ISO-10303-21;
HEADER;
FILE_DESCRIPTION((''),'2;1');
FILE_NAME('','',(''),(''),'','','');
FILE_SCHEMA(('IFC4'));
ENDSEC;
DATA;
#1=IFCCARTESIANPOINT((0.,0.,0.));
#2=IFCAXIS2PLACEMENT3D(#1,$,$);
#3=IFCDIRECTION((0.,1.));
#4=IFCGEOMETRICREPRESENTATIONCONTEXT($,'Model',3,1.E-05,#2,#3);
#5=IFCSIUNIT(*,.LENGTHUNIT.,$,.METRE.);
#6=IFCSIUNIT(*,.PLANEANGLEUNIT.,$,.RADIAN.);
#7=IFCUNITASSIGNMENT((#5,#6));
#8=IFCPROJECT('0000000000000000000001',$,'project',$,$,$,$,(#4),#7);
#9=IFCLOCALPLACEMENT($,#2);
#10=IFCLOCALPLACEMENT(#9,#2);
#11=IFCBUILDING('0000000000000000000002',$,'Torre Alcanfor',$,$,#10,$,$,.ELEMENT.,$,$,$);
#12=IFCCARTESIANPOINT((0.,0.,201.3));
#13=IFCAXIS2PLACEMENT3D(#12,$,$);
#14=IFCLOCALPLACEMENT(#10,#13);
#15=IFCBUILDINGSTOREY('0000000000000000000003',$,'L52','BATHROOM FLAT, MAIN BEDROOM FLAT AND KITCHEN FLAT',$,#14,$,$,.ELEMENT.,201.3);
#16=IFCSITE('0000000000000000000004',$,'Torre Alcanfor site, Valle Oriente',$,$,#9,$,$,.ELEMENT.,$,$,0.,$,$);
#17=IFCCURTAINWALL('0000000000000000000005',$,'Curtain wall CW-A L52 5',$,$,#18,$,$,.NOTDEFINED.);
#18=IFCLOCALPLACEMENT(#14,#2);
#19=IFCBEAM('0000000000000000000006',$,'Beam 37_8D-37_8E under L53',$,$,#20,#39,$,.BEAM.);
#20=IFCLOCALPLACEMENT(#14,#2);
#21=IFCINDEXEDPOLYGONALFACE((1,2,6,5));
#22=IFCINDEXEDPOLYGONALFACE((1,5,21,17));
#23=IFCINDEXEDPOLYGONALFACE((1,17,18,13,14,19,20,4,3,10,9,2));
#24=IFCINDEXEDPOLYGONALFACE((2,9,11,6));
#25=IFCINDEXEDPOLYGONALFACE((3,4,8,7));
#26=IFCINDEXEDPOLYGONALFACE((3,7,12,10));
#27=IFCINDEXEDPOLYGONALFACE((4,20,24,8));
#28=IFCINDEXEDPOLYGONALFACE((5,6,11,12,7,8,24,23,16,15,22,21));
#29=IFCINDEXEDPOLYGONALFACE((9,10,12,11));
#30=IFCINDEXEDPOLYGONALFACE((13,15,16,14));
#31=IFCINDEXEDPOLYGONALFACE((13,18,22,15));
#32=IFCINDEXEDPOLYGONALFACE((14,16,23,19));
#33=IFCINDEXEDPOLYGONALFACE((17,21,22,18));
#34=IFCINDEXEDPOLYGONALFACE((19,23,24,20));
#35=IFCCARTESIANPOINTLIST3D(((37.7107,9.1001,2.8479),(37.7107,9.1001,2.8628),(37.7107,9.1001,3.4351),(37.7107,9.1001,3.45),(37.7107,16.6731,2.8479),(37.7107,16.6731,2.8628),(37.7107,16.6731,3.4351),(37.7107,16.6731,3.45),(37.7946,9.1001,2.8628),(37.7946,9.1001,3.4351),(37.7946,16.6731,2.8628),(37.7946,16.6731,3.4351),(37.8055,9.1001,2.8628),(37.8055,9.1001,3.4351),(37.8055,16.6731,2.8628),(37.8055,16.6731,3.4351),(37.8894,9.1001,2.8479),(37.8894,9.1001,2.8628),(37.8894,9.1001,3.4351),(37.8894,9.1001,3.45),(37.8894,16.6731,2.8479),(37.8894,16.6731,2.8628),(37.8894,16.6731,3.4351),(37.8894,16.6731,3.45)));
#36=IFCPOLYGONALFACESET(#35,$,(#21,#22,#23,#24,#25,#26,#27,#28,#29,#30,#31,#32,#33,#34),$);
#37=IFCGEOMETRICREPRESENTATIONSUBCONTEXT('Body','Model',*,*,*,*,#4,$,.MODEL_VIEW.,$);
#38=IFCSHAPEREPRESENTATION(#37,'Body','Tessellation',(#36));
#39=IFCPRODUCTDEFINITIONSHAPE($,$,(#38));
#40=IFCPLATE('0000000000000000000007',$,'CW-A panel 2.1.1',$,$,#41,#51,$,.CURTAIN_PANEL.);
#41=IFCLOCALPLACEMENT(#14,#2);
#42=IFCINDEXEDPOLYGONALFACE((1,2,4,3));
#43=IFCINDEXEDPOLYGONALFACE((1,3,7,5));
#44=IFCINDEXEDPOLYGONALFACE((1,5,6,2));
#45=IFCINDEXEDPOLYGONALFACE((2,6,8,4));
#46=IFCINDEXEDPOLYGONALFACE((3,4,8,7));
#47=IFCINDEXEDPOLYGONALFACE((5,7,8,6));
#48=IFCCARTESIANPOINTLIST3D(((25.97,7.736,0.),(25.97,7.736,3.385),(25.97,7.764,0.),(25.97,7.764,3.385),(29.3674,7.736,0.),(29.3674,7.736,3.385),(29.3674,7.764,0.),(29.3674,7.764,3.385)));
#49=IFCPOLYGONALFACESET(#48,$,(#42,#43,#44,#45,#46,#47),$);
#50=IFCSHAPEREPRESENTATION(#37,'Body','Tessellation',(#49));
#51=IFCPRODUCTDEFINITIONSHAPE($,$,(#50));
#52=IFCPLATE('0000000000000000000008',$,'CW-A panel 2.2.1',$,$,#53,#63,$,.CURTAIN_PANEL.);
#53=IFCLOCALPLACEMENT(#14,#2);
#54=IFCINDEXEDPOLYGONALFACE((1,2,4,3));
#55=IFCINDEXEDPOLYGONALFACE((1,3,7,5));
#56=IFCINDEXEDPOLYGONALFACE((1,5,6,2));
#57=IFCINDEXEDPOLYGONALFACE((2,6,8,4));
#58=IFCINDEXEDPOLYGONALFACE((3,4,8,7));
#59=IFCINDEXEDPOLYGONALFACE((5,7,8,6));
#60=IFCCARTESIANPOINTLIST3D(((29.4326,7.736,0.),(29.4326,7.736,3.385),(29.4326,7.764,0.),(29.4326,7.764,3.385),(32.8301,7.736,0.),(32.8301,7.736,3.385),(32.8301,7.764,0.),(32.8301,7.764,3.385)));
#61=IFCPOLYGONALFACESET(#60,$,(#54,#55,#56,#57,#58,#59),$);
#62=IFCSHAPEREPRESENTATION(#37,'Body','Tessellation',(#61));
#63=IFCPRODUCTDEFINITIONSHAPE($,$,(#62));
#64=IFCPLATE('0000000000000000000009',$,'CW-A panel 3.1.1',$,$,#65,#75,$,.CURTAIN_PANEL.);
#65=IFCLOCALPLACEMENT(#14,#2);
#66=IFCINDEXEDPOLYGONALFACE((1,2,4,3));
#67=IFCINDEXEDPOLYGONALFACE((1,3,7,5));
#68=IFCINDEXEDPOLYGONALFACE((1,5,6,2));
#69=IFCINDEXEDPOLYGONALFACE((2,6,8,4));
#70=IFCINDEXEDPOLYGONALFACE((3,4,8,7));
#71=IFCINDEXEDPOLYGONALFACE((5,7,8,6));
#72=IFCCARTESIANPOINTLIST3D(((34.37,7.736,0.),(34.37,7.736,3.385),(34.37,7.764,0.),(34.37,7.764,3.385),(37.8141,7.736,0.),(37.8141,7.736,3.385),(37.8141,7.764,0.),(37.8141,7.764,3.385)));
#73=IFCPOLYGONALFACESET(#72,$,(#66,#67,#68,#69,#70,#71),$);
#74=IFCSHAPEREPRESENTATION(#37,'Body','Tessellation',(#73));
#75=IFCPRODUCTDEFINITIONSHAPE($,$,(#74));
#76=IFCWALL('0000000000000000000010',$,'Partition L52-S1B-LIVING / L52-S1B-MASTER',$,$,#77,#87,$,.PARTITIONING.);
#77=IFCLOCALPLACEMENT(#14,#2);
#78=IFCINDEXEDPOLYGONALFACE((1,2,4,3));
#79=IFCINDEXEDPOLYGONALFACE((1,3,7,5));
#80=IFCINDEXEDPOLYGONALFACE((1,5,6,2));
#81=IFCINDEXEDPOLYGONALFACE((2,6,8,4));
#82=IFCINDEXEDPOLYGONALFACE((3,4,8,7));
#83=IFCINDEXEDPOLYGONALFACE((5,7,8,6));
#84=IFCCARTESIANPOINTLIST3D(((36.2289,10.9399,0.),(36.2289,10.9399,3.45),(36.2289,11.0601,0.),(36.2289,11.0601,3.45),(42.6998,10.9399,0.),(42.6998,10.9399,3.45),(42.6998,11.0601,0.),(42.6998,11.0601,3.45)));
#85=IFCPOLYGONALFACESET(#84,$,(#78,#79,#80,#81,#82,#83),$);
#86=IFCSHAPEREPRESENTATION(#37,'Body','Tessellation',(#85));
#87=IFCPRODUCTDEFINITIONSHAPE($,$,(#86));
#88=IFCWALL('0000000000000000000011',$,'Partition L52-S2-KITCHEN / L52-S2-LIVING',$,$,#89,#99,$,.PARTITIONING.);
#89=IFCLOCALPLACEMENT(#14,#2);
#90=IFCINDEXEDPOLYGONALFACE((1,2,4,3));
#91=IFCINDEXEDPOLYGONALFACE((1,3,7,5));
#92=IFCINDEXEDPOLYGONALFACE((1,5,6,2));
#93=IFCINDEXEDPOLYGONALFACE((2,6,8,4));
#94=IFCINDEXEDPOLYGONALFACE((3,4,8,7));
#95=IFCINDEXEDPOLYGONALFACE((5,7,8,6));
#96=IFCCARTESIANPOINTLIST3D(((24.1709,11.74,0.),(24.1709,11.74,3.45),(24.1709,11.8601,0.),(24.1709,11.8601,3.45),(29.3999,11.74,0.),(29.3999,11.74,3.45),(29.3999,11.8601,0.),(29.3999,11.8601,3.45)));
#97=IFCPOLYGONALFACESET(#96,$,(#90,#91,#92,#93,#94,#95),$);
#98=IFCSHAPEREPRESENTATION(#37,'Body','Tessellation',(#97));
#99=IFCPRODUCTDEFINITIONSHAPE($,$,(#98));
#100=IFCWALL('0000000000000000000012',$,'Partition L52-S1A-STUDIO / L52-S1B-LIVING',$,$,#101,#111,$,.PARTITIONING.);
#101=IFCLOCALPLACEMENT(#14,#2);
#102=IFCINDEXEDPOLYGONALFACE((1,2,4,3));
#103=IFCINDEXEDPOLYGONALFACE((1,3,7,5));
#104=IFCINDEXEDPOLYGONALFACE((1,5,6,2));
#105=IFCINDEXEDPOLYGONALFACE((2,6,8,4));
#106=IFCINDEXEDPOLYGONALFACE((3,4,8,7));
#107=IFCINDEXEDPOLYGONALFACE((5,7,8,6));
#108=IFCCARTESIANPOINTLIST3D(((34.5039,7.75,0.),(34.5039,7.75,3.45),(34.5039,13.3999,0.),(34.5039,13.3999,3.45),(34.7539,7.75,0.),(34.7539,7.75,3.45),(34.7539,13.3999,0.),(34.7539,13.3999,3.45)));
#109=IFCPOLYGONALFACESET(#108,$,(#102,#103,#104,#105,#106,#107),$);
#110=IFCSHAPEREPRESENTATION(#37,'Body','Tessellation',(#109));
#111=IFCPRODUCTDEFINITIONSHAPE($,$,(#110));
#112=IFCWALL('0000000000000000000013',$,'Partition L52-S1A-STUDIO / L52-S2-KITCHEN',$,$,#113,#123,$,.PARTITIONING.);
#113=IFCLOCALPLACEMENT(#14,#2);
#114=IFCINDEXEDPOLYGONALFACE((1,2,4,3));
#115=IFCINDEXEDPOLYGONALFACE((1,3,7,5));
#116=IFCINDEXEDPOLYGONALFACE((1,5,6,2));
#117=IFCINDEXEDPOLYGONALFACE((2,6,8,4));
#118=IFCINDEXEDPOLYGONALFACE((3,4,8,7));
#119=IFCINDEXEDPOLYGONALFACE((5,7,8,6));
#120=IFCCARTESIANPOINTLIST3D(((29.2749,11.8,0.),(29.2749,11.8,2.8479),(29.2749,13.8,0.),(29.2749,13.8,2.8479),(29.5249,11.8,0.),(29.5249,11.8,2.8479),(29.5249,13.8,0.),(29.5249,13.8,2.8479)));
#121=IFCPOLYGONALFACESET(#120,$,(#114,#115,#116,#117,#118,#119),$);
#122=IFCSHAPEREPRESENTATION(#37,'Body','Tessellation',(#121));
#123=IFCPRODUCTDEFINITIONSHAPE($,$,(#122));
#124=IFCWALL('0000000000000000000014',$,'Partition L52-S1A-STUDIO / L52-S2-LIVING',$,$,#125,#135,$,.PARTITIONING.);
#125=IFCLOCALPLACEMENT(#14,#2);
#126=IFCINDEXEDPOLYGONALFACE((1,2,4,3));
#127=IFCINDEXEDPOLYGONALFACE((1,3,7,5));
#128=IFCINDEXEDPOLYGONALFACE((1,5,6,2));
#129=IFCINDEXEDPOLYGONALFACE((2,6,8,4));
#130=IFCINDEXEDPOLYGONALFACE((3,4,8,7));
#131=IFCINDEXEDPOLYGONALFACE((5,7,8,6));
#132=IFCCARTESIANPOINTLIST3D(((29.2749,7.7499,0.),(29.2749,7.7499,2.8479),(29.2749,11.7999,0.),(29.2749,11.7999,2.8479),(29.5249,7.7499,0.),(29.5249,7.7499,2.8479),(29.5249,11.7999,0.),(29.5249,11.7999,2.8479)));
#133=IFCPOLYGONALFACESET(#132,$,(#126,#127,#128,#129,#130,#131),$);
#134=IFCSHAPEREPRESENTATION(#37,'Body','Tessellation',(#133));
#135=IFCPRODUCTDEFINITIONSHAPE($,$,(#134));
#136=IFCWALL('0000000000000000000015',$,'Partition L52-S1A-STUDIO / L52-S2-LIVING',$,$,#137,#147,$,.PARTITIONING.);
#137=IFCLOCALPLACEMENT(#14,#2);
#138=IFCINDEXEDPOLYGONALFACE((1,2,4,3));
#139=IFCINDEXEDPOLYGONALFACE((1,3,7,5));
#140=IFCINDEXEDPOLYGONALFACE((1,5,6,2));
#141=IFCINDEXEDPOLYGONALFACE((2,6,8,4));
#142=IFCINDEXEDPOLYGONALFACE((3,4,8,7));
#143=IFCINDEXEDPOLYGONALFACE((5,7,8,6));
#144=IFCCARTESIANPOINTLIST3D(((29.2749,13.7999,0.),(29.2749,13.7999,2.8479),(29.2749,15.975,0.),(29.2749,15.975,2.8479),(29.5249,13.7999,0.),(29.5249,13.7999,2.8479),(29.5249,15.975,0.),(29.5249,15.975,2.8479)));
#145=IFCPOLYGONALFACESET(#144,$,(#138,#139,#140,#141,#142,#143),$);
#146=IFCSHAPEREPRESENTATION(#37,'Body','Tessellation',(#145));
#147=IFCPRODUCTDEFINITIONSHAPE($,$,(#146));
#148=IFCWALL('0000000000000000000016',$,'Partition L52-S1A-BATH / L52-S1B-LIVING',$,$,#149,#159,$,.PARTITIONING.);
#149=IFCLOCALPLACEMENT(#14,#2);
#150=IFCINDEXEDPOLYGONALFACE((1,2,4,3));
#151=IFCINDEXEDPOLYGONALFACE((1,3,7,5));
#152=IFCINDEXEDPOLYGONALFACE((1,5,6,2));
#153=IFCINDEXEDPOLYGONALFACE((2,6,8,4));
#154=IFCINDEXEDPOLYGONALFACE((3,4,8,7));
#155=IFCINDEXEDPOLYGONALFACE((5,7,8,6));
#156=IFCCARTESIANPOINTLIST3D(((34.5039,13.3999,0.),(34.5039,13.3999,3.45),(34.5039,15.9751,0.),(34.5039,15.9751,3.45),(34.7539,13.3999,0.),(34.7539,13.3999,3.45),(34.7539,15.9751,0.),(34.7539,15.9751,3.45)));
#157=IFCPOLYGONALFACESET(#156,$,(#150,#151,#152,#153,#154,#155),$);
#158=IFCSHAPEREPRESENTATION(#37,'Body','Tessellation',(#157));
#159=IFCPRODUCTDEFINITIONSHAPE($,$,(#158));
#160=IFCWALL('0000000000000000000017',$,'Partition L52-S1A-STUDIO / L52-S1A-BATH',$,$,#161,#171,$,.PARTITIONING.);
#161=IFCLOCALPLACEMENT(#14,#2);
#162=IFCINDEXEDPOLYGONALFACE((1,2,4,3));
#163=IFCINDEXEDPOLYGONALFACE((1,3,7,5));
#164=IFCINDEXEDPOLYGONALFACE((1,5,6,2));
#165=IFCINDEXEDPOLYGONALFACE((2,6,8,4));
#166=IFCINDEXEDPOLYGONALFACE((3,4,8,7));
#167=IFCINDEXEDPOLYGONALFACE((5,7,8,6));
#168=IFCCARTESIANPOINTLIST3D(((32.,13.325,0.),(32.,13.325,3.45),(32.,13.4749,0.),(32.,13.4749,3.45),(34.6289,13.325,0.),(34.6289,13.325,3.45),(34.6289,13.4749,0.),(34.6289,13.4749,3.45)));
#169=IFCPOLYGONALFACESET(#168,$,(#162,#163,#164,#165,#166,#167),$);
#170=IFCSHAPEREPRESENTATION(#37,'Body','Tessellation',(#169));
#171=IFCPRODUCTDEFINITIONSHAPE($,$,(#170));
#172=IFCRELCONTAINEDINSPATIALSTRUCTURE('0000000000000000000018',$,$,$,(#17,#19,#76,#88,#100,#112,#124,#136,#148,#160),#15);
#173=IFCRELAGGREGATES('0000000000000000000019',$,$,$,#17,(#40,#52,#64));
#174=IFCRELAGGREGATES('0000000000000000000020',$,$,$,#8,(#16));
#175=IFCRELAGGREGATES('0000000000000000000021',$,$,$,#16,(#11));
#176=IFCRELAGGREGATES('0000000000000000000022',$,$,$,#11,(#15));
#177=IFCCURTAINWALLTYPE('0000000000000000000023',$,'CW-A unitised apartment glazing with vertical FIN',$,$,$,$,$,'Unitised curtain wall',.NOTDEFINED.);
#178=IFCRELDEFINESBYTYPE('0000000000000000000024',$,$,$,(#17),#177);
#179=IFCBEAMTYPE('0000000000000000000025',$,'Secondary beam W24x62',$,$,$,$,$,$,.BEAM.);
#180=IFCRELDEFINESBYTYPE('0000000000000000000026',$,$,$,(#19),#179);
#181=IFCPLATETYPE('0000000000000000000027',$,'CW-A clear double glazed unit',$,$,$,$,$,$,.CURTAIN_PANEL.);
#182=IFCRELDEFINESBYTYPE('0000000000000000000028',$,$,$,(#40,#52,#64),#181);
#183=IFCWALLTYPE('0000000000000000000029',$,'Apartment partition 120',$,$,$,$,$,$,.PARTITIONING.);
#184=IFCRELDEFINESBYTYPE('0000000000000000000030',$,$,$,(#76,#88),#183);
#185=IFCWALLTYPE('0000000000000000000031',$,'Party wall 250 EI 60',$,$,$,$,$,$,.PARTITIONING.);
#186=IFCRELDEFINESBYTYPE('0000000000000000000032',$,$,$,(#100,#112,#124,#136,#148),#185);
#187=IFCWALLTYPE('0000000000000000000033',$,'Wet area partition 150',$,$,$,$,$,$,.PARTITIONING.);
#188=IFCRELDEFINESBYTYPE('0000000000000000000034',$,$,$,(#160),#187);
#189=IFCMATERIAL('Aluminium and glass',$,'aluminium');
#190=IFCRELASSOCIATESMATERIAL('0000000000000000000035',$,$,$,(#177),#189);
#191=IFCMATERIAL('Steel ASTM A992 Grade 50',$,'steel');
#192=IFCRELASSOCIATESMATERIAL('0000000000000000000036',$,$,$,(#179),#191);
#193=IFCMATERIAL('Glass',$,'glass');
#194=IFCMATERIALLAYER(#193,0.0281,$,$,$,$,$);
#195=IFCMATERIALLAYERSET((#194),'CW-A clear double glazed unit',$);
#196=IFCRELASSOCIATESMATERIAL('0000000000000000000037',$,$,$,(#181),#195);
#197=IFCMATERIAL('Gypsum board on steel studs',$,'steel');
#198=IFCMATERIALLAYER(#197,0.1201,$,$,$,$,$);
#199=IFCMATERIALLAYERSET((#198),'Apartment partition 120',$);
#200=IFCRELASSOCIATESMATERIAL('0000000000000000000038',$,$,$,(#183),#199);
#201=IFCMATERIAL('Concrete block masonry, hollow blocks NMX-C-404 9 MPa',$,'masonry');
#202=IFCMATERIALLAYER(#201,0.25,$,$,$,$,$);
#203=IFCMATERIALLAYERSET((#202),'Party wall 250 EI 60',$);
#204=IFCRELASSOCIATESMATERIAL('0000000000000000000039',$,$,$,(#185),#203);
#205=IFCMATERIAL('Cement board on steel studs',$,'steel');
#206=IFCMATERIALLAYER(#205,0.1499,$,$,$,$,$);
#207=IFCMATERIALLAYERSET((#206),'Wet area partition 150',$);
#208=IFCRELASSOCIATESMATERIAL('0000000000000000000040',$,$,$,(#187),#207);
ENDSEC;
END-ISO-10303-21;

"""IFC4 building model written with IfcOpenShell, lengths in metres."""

from ifc_helpers import new_model, si_unit, direction, frame, frame_2d, origin, origin_2d, place, context, subcontext, project, spatial, rectangle, i_section, extrude, material, layer, layer_set, material_profile, profile_set, type_object, element, aggregate, save


model = new_model("IFC4")

# Units and contexts
model_context = context("Model", 3, precision=1e-05, world=origin(), true_north=direction((0.0, 1.0)))
body_context = subcontext(model_context, "Body", "Model", "MODEL_VIEW")
ifc_project = project(units=[si_unit("LENGTHUNIT", "METRE"), si_unit("PLANEANGLEUNIT", "RADIAN")], contexts=[model_context])

# Site, building, storey
site_placement = place(None, origin())
site = spatial("IfcSite", under=ifc_project, at=site_placement, Name="Torre Alcanfor site, Valle Oriente", CompositionType="ELEMENT", RefElevation=0.0)
building_placement = place(site_placement, origin())
building = spatial("IfcBuilding", under=site, at=building_placement, Name="Torre Alcanfor", CompositionType="ELEMENT")
storey_placement = place(building_placement, frame((0.0, 0.0, 201.3)))
storey = spatial("IfcBuildingStorey", under=building, at=storey_placement, Name="L52", Description="BATHROOM FLAT, MAIN BEDROOM FLAT AND KITCHEN FLAT", CompositionType="ELEMENT", Elevation=201.3)

# Curtain wall
ifc_material_1 = material(Name="Aluminium and glass", Category="aluminium")
curtain_wall_type = type_object("IfcCurtainWallType", Name="CW-A unitised apartment glazing with vertical FIN", ElementType="Unitised curtain wall", PredefinedType="NOTDEFINED", material=ifc_material_1)
curtain_wall_placement = place(storey_placement, origin())
curtain_wall = element("IfcCurtainWall", 1, at=curtain_wall_placement, inside=storey, type_object=curtain_wall_type, Name="Curtain wall CW-A L52 5", PredefinedType="NOTDEFINED")

# Beam
ifc_material_2 = material(Name="Steel ASTM A992 Grade 50", Category="steel")
ifc_material_profile_1 = material_profile(ifc_material_2, i_section(OverallWidth=0.1787, OverallDepth=0.6021, WebThickness=0.011, FlangeThickness=0.0149, at=origin_2d()), Name="W24x62")
ifc_profile_set_1 = profile_set([ifc_material_profile_1], Name="Steel ASTM A992 Grade 50")
beam_type_1 = type_object("IfcBeamType", Name="Secondary beam W24x62", PredefinedType="BEAM", material=ifc_profile_set_1)
for number, where, z_axis, x_axis, name in (
    (2, (37.8, 9.1001, 3.1489), (0.0, 1.0, 0.0), (-1.0, 0.0, 0.0), "Beam 37_8D-37_8E under L53"),
):
    element("IfcBeam", number, at=place(storey_placement, frame(where, z_axis=z_axis, x_axis=x_axis)), inside=storey, type_object=beam_type_1, Name=name, PredefinedType="BEAM", context=body_context, shape_type="SweptSolid", body=[
        extrude(i_section(OverallWidth=0.1787, OverallDepth=0.6021, WebThickness=0.011, FlangeThickness=0.0149, at=origin_2d()), origin(), (0.0, 0.0, 1.0), 7.573),
    ])

# Plates
ifc_material_3 = material(Name="Glass", Category="glass")
ifc_layer_1 = layer(ifc_material_3, 0.0281)
ifc_layer_set_1 = layer_set([ifc_layer_1], Name="CW-A clear double glazed unit")
plate_type = type_object("IfcPlateType", Name="CW-A clear double glazed unit", PredefinedType="CURTAIN_PANEL", material=ifc_layer_set_1)
plate_1_placement = place(storey_placement, frame((27.6687, 7.75, 0.0), z_axis=(0.0, 0.0, 1.0), x_axis=(1.0, 0.0, 0.0)))
plate_1 = element("IfcPlate", 3, at=plate_1_placement, type_object=plate_type, Name="CW-A panel 2.1.1", PredefinedType="CURTAIN_PANEL", context=body_context, shape_type="SweptSolid", body=[
    extrude(rectangle(XDim=3.3975, YDim=0.0281, at=origin_2d()), origin(), (0.0, 0.0, 1.0), 3.385),
])
plate_2_placement = place(storey_placement, frame((31.1313, 7.75, 0.0), z_axis=(0.0, 0.0, 1.0), x_axis=(1.0, 0.0, 0.0)))
plate_2 = element("IfcPlate", 4, at=plate_2_placement, type_object=plate_type, Name="CW-A panel 2.2.1", PredefinedType="CURTAIN_PANEL", context=body_context, shape_type="SweptSolid", body=[
    extrude(rectangle(XDim=3.3975, YDim=0.0281, at=origin_2d()), origin(), (0.0, 0.0, 1.0), 3.385),
])
plate_3_placement = place(storey_placement, frame((36.092, 7.75, 0.0), z_axis=(0.0, 0.0, 1.0), x_axis=(1.0, 0.0, 0.0)))
plate_3 = element("IfcPlate", 5, at=plate_3_placement, type_object=plate_type, Name="CW-A panel 3.1.1", PredefinedType="CURTAIN_PANEL", context=body_context, shape_type="SweptSolid", body=[
    extrude(rectangle(XDim=3.4441, YDim=0.0281, at=origin_2d()), origin(), (0.0, 0.0, 1.0), 3.385),
])
aggregate(curtain_wall, [plate_1, plate_2, plate_3])

# Walls
ifc_material_4 = material(Name="Gypsum board on steel studs", Category="steel")
ifc_layer_2 = layer(ifc_material_4, 0.1201)
ifc_layer_set_2 = layer_set([ifc_layer_2], Name="Apartment partition 120")
wall_type_1 = type_object("IfcWallType", Name="Apartment partition 120", PredefinedType="PARTITIONING", material=ifc_layer_set_2)
wall_1_placement = place(storey_placement, frame((36.229, 11.0, 0.0), z_axis=(0.0, 0.0, 1.0), x_axis=(1.0, 0.0, 0.0)))
element("IfcWall", 6, at=wall_1_placement, inside=storey, type_object=wall_type_1, Name="Partition L52-S1B-LIVING / L52-S1B-MASTER", PredefinedType="PARTITIONING", context=body_context, shape_type="SweptSolid", body=[
    extrude(rectangle(XDim=6.4709, YDim=0.1201, at=frame_2d((3.2354, 0.0))), origin(), (0.0, 0.0, 1.0), 3.45),
])
wall_2_placement = place(storey_placement, frame((29.3999, 11.8, 0.0), z_axis=(0.0, 0.0, 1.0), x_axis=(-1.0, 0.0, 0.0)))
element("IfcWall", 7, at=wall_2_placement, inside=storey, type_object=wall_type_1, Name="Partition L52-S2-KITCHEN / L52-S2-LIVING", PredefinedType="PARTITIONING", context=body_context, shape_type="SweptSolid", body=[
    extrude(rectangle(XDim=5.229, YDim=0.1201, at=frame_2d((2.6145, 0.0))), origin(), (0.0, 0.0, 1.0), 3.45),
])
ifc_material_5 = material(Name="Concrete block masonry, hollow blocks NMX-C-404 9 MPa", Category="masonry")
ifc_layer_3 = layer(ifc_material_5, 0.25)
ifc_layer_set_3 = layer_set([ifc_layer_3], Name="Party wall 250 EI 60")
wall_type_2 = type_object("IfcWallType", Name="Party wall 250 EI 60", PredefinedType="PARTITIONING", material=ifc_layer_set_3)
wall_3_placement = place(storey_placement, frame((34.6289, 13.3999, 0.0), z_axis=(0.0, 0.0, 1.0), x_axis=(0.0, -1.0, 0.0)))
element("IfcWall", 8, at=wall_3_placement, inside=storey, type_object=wall_type_2, Name="Partition L52-S1A-STUDIO / L52-S1B-LIVING", PredefinedType="PARTITIONING", context=body_context, shape_type="SweptSolid", body=[
    extrude(rectangle(XDim=5.6499, YDim=0.25, at=frame_2d((2.825, 0.0))), origin(), (0.0, 0.0, 1.0), 3.45),
])
wall_4_placement = place(storey_placement, frame((29.3999, 11.8, 0.0), z_axis=(0.0, 0.0, 1.0), x_axis=(0.0, 1.0, 0.0)))
element("IfcWall", 9, at=wall_4_placement, inside=storey, type_object=wall_type_2, Name="Partition L52-S1A-STUDIO / L52-S2-KITCHEN", PredefinedType="PARTITIONING", context=body_context, shape_type="SweptSolid", body=[
    extrude(rectangle(XDim=2.0, YDim=0.25, at=frame_2d((1.0, 0.0))), origin(), (0.0, 0.0, 1.0), 2.8479),
])
wall_5_placement = place(storey_placement, frame((29.3999, 7.75, 0.0), z_axis=(0.0, 0.0, 1.0), x_axis=(0.0, 1.0, 0.0)))
element("IfcWall", 10, at=wall_5_placement, inside=storey, type_object=wall_type_2, Name="Partition L52-S1A-STUDIO / L52-S2-LIVING", PredefinedType="PARTITIONING", context=body_context, shape_type="SweptSolid", body=[
    extrude(rectangle(XDim=4.05, YDim=0.25, at=frame_2d((2.0249, 0.0))), origin(), (0.0, 0.0, 1.0), 2.8479),
])
wall_6_placement = place(storey_placement, frame((29.3999, 13.8, 0.0), z_axis=(0.0, 0.0, 1.0), x_axis=(0.0, 1.0, 0.0)))
element("IfcWall", 11, at=wall_6_placement, inside=storey, type_object=wall_type_2, Name="Partition L52-S1A-STUDIO / L52-S2-LIVING", PredefinedType="PARTITIONING", context=body_context, shape_type="SweptSolid", body=[
    extrude(rectangle(XDim=2.175, YDim=0.25, at=frame_2d((1.0874, 0.0))), origin(), (0.0, 0.0, 1.0), 2.8479),
])
wall_7_placement = place(storey_placement, frame((34.6289, 13.3999, 0.0), z_axis=(0.0, 0.0, 1.0), x_axis=(0.0, 1.0, 0.0)))
element("IfcWall", 12, at=wall_7_placement, inside=storey, type_object=wall_type_2, Name="Partition L52-S1A-BATH / L52-S1B-LIVING", PredefinedType="PARTITIONING", context=body_context, shape_type="SweptSolid", body=[
    extrude(rectangle(XDim=2.5752, YDim=0.25, at=frame_2d((1.2876, 0.0))), origin(), (0.0, 0.0, 1.0), 3.45),
])
ifc_material_6 = material(Name="Cement board on steel studs", Category="steel")
ifc_layer_4 = layer(ifc_material_6, 0.1499)
ifc_layer_set_4 = layer_set([ifc_layer_4], Name="Wet area partition 150")
wall_type_3 = type_object("IfcWallType", Name="Wet area partition 150", PredefinedType="PARTITIONING", material=ifc_layer_set_4)
wall_8_placement = place(storey_placement, frame((32.0, 13.3999, 0.0), z_axis=(0.0, 0.0, 1.0), x_axis=(1.0, 0.0, 0.0)))
element("IfcWall", 13, at=wall_8_placement, inside=storey, type_object=wall_type_3, Name="Partition L52-S1A-STUDIO / L52-S1A-BATH", PredefinedType="PARTITIONING", context=body_context, shape_type="SweptSolid", body=[
    extrude(rectangle(XDim=2.6289, YDim=0.1499, at=frame_2d((1.3145, 0.0))), origin(), (0.0, 0.0, 1.0), 3.45),
])

save(model, "model.ifc")
